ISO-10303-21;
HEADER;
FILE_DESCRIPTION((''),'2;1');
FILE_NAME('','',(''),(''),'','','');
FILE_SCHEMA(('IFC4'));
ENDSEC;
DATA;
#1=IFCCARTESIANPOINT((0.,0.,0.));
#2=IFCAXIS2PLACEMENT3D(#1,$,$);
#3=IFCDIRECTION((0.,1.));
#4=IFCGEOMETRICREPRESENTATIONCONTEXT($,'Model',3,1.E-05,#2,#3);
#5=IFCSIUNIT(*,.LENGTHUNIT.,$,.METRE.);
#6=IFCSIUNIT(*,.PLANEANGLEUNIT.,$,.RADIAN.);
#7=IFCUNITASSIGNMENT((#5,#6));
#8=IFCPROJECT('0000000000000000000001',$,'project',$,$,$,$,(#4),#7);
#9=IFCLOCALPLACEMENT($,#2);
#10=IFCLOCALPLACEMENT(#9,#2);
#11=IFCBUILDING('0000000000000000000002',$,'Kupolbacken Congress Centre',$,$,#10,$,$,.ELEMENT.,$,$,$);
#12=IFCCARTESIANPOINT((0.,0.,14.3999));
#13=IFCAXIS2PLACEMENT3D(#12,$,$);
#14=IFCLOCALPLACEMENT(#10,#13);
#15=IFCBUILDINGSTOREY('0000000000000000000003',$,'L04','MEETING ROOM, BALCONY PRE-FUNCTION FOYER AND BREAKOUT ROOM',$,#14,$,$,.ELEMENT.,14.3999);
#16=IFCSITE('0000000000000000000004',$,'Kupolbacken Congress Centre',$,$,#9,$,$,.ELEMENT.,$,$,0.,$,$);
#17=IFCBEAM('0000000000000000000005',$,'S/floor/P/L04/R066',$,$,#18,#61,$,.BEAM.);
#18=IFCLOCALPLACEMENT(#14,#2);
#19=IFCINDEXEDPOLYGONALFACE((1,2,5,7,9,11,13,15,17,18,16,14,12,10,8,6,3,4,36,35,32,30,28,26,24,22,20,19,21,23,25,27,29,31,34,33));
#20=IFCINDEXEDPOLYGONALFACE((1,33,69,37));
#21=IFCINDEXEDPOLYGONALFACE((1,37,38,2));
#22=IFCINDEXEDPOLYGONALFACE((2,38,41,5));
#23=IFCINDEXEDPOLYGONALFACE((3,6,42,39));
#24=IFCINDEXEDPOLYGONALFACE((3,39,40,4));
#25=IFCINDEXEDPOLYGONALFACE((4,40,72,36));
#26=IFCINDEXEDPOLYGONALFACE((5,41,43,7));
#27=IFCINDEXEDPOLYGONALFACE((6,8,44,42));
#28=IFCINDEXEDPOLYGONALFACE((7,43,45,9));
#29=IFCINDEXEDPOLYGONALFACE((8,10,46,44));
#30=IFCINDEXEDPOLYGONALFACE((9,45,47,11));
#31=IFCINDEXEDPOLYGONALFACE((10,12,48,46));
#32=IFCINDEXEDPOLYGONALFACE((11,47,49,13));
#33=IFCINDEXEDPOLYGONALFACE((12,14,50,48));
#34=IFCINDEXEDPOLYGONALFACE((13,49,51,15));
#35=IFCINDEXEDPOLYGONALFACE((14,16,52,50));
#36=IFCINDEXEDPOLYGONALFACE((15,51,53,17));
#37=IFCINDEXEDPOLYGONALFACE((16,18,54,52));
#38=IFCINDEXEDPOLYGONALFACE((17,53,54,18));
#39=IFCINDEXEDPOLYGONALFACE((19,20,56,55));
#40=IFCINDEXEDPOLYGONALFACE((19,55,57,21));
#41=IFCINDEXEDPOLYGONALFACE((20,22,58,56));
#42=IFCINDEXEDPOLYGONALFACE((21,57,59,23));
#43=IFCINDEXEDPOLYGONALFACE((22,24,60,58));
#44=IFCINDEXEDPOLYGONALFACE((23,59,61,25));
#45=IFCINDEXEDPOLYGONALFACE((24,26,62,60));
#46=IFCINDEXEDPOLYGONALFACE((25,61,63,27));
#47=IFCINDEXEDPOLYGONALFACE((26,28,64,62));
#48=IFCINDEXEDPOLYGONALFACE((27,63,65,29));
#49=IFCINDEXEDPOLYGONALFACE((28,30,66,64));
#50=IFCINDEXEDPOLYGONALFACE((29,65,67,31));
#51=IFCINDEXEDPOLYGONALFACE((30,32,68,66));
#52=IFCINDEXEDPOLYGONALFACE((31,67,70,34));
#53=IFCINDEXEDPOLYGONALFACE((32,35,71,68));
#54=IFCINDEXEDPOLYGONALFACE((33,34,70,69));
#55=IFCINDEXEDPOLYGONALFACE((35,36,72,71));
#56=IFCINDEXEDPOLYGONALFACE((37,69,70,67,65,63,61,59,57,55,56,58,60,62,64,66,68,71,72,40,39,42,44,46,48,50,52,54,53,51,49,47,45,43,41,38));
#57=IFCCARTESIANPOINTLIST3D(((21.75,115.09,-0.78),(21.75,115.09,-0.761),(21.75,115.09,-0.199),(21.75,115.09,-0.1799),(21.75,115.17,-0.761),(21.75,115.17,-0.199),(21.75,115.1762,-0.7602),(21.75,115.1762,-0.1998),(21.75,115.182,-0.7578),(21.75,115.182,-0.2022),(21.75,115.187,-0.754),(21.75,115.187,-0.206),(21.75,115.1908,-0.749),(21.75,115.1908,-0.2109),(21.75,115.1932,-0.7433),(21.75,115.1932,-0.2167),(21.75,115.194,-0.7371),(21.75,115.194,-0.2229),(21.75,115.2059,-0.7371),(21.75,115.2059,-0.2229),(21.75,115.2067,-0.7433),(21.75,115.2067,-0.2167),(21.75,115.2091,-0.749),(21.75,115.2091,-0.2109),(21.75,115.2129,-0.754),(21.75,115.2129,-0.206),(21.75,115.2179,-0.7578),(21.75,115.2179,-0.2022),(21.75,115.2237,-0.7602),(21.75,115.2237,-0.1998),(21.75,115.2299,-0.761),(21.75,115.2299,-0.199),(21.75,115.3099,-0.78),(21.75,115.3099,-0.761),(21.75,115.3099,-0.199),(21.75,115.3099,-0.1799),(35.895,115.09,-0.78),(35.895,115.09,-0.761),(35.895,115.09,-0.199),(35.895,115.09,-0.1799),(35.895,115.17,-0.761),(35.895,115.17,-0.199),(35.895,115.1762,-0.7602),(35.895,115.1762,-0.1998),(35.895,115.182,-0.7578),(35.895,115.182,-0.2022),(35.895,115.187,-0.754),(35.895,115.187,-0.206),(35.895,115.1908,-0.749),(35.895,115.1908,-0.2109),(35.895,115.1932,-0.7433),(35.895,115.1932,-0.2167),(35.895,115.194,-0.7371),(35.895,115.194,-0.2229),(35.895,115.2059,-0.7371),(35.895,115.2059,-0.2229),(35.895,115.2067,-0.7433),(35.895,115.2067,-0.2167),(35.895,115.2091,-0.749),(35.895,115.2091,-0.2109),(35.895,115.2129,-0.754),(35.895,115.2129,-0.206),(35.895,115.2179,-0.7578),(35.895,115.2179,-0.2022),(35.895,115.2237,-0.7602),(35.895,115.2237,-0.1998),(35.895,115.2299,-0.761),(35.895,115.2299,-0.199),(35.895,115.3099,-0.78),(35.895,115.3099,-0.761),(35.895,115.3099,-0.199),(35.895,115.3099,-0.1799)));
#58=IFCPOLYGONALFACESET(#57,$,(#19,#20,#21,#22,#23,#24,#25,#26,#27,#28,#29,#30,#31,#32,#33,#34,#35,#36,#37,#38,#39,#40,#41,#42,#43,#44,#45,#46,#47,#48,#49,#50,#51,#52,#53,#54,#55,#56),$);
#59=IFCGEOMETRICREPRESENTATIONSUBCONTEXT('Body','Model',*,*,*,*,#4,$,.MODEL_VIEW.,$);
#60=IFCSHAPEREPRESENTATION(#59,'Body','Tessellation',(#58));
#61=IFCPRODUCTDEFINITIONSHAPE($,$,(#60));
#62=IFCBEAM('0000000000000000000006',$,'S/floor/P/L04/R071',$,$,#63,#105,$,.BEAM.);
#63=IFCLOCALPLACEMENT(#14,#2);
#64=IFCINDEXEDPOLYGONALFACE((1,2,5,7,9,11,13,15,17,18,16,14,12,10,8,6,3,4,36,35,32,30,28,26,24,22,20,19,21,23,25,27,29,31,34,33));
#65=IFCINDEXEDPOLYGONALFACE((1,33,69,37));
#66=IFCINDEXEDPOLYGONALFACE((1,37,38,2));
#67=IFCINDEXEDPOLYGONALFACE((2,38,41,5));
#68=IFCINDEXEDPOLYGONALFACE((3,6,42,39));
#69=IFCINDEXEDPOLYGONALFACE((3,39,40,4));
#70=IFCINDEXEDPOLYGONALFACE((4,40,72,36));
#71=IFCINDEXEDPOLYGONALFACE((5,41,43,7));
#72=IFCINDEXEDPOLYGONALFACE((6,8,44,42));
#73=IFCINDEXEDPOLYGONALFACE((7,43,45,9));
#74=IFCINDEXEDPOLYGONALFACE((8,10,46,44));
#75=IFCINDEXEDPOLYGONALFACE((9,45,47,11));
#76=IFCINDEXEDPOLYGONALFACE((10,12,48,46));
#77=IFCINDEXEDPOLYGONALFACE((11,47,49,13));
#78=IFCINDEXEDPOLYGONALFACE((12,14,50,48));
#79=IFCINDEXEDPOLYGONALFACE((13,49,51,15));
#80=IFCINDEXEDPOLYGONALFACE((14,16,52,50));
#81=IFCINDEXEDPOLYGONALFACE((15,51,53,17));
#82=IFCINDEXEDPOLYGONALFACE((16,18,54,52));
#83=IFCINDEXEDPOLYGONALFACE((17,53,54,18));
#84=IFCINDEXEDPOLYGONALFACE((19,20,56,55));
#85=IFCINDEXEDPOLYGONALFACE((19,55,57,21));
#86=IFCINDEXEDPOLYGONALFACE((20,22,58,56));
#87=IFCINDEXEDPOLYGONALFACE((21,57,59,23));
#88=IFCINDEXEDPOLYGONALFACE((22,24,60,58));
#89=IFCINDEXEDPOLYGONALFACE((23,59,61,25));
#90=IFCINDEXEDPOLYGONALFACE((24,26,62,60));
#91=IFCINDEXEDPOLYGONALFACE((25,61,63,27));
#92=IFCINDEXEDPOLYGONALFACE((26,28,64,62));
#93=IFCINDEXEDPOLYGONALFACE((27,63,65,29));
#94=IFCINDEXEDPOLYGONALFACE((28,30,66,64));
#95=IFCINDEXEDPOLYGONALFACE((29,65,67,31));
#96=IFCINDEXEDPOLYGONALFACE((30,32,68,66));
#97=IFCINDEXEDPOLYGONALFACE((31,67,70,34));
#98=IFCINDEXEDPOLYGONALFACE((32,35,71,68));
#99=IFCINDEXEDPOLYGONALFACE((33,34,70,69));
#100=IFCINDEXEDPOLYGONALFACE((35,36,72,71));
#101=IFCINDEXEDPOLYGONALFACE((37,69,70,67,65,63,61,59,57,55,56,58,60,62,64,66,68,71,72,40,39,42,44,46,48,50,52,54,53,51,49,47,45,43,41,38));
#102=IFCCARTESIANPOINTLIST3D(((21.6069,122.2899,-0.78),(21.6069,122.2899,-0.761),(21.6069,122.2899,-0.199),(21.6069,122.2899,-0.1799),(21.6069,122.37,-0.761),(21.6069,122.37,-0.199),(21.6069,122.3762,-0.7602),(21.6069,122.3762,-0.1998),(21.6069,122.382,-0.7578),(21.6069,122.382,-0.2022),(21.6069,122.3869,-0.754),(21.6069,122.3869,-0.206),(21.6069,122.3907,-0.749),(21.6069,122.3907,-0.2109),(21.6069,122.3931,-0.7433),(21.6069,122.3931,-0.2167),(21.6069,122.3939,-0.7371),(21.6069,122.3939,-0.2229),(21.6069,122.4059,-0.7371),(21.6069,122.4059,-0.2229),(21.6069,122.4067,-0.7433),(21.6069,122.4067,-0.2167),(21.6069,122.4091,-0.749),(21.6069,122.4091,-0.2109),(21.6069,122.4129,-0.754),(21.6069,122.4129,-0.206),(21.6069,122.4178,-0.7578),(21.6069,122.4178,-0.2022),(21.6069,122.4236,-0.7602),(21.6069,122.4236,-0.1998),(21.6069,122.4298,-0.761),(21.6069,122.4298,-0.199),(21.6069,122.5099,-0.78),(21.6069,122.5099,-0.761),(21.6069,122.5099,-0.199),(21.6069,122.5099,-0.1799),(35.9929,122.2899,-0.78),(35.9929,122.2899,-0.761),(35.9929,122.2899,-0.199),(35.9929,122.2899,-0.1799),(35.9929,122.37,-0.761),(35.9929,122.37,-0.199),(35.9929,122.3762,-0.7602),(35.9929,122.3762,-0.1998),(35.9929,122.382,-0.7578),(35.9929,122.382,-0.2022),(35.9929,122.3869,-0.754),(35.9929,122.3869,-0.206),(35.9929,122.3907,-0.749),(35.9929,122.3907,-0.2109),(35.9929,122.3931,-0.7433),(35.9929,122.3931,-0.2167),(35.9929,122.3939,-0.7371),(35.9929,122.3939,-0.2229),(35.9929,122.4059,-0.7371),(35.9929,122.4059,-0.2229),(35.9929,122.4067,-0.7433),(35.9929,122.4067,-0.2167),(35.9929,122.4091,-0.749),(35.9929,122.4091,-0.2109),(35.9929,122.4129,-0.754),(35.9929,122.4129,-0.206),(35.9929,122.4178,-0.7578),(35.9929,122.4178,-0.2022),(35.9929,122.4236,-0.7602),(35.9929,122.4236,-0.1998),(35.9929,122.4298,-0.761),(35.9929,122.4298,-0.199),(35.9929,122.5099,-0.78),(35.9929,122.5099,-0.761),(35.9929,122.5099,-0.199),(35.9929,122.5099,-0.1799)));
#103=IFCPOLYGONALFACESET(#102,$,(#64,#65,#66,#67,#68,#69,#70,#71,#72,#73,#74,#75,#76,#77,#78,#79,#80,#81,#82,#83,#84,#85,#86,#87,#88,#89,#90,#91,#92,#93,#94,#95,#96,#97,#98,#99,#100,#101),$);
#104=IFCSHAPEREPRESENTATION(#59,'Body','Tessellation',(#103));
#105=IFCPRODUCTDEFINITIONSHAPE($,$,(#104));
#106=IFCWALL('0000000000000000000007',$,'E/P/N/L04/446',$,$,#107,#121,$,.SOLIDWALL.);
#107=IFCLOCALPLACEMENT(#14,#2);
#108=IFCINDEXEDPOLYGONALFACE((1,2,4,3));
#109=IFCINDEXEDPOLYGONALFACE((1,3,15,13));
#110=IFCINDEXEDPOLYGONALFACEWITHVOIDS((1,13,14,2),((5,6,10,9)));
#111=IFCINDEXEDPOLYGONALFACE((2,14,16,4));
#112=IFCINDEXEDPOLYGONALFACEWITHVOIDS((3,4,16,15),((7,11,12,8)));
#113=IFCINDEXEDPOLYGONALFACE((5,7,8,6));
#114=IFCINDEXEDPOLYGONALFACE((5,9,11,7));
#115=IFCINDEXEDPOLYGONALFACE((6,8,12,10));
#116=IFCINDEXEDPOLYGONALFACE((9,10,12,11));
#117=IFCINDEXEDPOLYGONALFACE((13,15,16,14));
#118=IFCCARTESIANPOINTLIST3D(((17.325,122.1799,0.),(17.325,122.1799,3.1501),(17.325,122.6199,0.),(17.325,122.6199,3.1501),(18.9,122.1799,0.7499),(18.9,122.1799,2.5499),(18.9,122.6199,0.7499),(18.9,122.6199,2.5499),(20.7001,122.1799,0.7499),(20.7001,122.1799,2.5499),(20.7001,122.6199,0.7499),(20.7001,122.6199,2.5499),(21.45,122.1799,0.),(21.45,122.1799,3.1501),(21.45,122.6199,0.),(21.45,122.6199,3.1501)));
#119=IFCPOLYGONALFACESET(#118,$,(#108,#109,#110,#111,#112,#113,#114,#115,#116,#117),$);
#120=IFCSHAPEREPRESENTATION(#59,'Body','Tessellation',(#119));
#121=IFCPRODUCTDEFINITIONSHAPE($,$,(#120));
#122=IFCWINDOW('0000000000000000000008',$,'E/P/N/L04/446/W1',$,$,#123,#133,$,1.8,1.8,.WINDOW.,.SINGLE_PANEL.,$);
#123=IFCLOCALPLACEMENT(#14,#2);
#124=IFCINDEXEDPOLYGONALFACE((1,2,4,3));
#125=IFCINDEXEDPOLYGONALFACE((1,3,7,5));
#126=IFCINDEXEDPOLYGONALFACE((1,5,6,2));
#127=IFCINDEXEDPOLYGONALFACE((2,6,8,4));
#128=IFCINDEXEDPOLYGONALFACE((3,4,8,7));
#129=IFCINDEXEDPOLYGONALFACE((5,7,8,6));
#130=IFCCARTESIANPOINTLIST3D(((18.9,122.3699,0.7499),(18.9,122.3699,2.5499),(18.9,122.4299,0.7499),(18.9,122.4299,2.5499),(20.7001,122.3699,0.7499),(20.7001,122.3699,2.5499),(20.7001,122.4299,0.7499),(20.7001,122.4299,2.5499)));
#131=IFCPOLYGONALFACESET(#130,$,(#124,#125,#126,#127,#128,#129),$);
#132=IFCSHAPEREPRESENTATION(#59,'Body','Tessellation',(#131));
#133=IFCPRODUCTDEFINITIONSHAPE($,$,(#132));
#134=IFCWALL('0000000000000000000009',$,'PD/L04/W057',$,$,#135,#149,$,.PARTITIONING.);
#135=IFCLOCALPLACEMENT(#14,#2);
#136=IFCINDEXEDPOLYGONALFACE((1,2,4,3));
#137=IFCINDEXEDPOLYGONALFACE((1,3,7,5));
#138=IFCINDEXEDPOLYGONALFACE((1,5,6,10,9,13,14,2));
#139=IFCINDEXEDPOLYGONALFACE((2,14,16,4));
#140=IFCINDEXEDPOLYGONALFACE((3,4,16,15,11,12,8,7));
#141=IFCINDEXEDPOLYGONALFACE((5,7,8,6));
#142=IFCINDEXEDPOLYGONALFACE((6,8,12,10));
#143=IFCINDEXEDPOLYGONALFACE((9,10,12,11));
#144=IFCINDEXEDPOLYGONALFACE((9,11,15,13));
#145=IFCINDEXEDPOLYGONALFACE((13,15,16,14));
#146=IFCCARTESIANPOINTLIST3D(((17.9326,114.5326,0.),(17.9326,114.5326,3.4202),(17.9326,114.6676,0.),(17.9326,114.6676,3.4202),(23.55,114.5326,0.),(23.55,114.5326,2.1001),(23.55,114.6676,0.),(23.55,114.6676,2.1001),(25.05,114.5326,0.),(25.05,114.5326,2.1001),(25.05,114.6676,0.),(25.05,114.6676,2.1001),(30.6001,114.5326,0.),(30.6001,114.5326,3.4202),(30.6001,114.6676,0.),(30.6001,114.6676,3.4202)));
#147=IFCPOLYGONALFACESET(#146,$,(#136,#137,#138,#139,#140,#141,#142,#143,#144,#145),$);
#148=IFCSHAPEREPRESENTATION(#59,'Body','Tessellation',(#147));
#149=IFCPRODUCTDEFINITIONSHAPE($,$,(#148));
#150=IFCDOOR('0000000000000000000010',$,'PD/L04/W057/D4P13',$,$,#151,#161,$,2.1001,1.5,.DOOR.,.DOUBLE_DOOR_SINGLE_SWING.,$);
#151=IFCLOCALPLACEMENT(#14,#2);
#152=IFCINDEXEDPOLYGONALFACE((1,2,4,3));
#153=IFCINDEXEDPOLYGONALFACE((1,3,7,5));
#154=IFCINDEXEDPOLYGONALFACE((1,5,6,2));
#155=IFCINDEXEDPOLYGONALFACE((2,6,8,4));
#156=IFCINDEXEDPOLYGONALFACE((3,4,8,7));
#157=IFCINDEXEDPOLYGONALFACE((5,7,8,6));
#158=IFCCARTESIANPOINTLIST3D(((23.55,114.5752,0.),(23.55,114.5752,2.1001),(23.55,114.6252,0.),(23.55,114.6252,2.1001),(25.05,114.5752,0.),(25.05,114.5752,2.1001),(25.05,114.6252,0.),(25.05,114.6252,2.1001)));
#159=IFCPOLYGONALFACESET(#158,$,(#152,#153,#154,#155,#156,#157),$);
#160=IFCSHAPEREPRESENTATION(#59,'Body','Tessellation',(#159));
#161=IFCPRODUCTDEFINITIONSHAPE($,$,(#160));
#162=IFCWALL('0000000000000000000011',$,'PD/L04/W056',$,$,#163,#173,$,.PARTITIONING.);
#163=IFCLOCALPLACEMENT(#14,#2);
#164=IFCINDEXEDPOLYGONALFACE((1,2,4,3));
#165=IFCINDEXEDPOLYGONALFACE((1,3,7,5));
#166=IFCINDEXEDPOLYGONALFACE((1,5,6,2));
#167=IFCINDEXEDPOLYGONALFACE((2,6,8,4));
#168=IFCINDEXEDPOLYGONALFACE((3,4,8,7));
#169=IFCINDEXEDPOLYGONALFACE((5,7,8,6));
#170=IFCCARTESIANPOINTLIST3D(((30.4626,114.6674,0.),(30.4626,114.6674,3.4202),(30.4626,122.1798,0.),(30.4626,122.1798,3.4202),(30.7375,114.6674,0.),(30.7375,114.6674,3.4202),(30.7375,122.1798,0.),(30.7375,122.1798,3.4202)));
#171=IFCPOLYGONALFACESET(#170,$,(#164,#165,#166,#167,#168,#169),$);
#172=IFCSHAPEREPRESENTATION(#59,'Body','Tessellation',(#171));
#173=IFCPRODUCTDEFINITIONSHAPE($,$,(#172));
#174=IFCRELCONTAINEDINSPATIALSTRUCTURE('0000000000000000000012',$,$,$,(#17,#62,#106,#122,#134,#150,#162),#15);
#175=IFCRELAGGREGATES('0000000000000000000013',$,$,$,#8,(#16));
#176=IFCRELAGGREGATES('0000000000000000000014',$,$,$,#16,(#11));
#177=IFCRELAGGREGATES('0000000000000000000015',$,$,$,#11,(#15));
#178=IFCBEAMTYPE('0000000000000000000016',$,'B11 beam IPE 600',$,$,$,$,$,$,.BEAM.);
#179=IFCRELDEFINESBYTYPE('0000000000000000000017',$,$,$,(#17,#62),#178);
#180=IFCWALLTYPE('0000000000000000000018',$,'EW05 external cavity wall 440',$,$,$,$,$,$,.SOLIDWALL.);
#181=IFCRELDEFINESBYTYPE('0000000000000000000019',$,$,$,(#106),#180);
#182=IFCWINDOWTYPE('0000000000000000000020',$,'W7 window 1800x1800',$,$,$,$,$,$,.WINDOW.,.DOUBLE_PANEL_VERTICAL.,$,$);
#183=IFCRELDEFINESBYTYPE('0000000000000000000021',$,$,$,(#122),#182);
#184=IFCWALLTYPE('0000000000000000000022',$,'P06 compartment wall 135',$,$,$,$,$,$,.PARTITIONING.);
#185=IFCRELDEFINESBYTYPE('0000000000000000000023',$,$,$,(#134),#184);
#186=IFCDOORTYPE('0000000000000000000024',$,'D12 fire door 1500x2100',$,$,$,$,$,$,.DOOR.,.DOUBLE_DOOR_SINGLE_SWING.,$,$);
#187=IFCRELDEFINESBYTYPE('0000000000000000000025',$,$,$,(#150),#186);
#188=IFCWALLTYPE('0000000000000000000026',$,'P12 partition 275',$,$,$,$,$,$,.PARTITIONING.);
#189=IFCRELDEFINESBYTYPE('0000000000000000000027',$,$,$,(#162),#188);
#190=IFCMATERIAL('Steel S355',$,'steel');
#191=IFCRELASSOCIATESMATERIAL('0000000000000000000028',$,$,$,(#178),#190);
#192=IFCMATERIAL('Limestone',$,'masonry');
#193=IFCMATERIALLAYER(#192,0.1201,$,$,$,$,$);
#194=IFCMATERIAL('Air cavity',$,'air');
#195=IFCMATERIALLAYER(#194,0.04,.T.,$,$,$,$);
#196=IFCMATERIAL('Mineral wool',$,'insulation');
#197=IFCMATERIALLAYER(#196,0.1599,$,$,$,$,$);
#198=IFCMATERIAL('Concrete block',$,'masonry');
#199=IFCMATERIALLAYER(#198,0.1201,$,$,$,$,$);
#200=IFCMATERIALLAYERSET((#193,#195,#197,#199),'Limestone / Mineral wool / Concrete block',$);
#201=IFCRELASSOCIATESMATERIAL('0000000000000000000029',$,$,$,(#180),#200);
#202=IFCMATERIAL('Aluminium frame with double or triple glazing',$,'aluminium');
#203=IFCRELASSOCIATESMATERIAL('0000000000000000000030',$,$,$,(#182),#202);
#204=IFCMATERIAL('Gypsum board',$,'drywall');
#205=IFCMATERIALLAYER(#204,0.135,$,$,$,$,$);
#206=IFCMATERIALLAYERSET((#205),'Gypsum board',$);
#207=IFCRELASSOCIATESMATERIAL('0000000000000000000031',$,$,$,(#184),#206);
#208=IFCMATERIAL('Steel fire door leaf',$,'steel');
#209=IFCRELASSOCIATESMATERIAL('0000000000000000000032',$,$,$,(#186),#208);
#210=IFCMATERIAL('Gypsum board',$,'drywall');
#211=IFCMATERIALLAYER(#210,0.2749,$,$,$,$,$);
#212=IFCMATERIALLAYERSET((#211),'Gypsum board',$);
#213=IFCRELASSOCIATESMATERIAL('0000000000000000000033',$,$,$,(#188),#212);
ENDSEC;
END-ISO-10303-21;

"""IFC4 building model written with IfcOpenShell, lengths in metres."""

from ifc_helpers import new_model, si_unit, direction, frame, frame_2d, origin, origin_2d, place, context, subcontext, project, spatial, rectangle, i_section, extrude, material, layer, layer_set, material_profile, profile_set, type_object, element, fill, save


model = new_model("IFC4")

# Units and contexts
model_context = context("Model", 3, precision=1e-05, world=origin(), true_north=direction((0.0, 1.0)))
body_context = subcontext(model_context, "Body", "Model", "MODEL_VIEW")
ifc_project = project(units=[si_unit("LENGTHUNIT", "METRE"), si_unit("PLANEANGLEUNIT", "RADIAN")], contexts=[model_context])

# Site, building, storey
site_placement = place(None, origin())
site = spatial("IfcSite", under=ifc_project, at=site_placement, Name="Kupolbacken Congress Centre", CompositionType="ELEMENT", RefElevation=0.0)
building_placement = place(site_placement, origin())
building = spatial("IfcBuilding", under=site, at=building_placement, Name="Kupolbacken Congress Centre", CompositionType="ELEMENT")
storey_placement = place(building_placement, frame((0.0, 0.0, 14.3999)))
storey = spatial("IfcBuildingStorey", under=building, at=storey_placement, Name="L04", Description="MEETING ROOM, BALCONY PRE-FUNCTION FOYER AND BREAKOUT ROOM", CompositionType="ELEMENT", Elevation=14.3999)

# Beams
ifc_material_1 = material(Name="Steel S355", Category="steel")
ifc_material_profile_1 = material_profile(ifc_material_1, i_section(OverallWidth=0.22, OverallDepth=0.6001, WebThickness=0.012, FlangeThickness=0.019, FilletRadius=0.0239, at=origin_2d()), Name="IPE 600")
ifc_profile_set_1 = profile_set([ifc_material_profile_1], Name="Steel S355")
beam_type_1 = type_object("IfcBeamType", Name="B11 beam IPE 600", PredefinedType="BEAM", material=ifc_profile_set_1)
beam_1_placement = place(storey_placement, frame((21.75, 115.2, -0.48), z_axis=(1.0, 0.0, 0.0), x_axis=(0.0, 1.0, 0.0)))
element("IfcBeam", 1, at=beam_1_placement, inside=storey, type_object=beam_type_1, Name="S/floor/P/L04/R066", PredefinedType="BEAM", context=body_context, shape_type="SweptSolid", body=[
    extrude(i_section(OverallWidth=0.22, OverallDepth=0.6001, WebThickness=0.012, FlangeThickness=0.019, FilletRadius=0.0239, at=origin_2d()), origin(), (0.0, 0.0, 1.0), 14.145),
])
beam_2_placement = place(storey_placement, frame((21.6069, 122.3999, -0.48), z_axis=(1.0, 0.0, 0.0), x_axis=(0.0, 1.0, 0.0)))
element("IfcBeam", 2, at=beam_2_placement, inside=storey, type_object=beam_type_1, Name="S/floor/P/L04/R071", PredefinedType="BEAM", context=body_context, shape_type="SweptSolid", body=[
    extrude(i_section(OverallWidth=0.22, OverallDepth=0.6001, WebThickness=0.012, FlangeThickness=0.019, FilletRadius=0.0239, at=origin_2d()), origin(), (0.0, 0.0, 1.0), 14.386),
])

# Wall, opening, window
ifc_material_2 = material(Name="Limestone", Category="masonry")
ifc_layer_1 = layer(ifc_material_2, 0.1201)
ifc_material_3 = material(Name="Air cavity", Category="air")
ifc_layer_2 = layer(ifc_material_3, 0.04, ventilated=True)
ifc_material_4 = material(Name="Mineral wool", Category="insulation")
ifc_layer_3 = layer(ifc_material_4, 0.1599)
ifc_material_5 = material(Name="Concrete block", Category="masonry")
ifc_layer_4 = layer(ifc_material_5, 0.1201)
ifc_layer_set_1 = layer_set([ifc_layer_1, ifc_layer_2, ifc_layer_3, ifc_layer_4], Name="Limestone / Mineral wool / Concrete block")
wall_type_1 = type_object("IfcWallType", Name="EW05 external cavity wall 440", PredefinedType="SOLIDWALL", material=ifc_layer_set_1)
wall_1_placement = place(storey_placement, frame((21.45, 122.3999, 0.0), z_axis=(0.0, 0.0, 1.0), x_axis=(-1.0, 0.0, 0.0)))
wall_1 = element("IfcWall", 3, at=wall_1_placement, inside=storey, type_object=wall_type_1, Name="E/P/N/L04/446", PredefinedType="SOLIDWALL", context=body_context, shape_type="SweptSolid", body=[
    extrude(rectangle(XDim=4.125, YDim=0.4399, at=frame_2d((2.0625, 0.0))), origin(), (0.0, 0.0, 1.0), 3.1501),
])
opening_1_placement = place(wall_1_placement, frame((0.75, 0.0, 0.75)))
opening_1 = element("IfcOpeningElement", 4, at=opening_1_placement, cuts=wall_1, PredefinedType="OPENING", context=body_context, shape_type="SweptSolid", body=[
    extrude(rectangle(XDim=1.8, YDim=1.8, at=frame_2d((0.8999, 0.8999))), frame((0.0, 0.23, 0.0), z_axis=(0.0, -1.0, 0.0), x_axis=(1.0, 0.0, 0.0)), (0.0, 0.0, 1.0), 0.46),
])
ifc_material_6 = material(Name="Aluminium frame with double or triple glazing", Category="aluminium")
window_type = type_object("IfcWindowType", Name="W7 window 1800x1800", PartitioningType="DOUBLE_PANEL_VERTICAL", PredefinedType="WINDOW", material=ifc_material_6)
window_placement = place(opening_1_placement, origin())
window = element("IfcWindow", 5, at=window_placement, inside=storey, type_object=window_type, Name="E/P/N/L04/446/W1", OverallHeight=1.8, OverallWidth=1.8, PartitioningType="SINGLE_PANEL", PredefinedType="WINDOW", context=body_context, shape_type="SweptSolid", body=[
    extrude(rectangle(XDim=1.8, YDim=1.8, at=frame_2d((0.8999, 0.8999))), frame((0.0, 0.03, 0.0), z_axis=(0.0, -1.0, 0.0), x_axis=(1.0, 0.0, 0.0)), (0.0, 0.0, 1.0), 0.0601),
])
fill(opening_1, window)

# Wall, opening, door
ifc_material_7 = material(Name="Gypsum board", Category="drywall")
ifc_layer_5 = layer(ifc_material_7, 0.135)
ifc_layer_set_2 = layer_set([ifc_layer_5], Name="Gypsum board")
wall_type_2 = type_object("IfcWallType", Name="P06 compartment wall 135", PredefinedType="PARTITIONING", material=ifc_layer_set_2)
wall_2_placement = place(storey_placement, frame((30.6001, 114.6001, 0.0), z_axis=(0.0, 0.0, 1.0), x_axis=(-1.0, 0.0, 0.0)))
wall_2 = element("IfcWall", 6, at=wall_2_placement, inside=storey, type_object=wall_type_2, Name="PD/L04/W057", PredefinedType="PARTITIONING", context=body_context, shape_type="SweptSolid", body=[
    extrude(rectangle(XDim=12.6675, YDim=0.135, at=frame_2d((6.3337, 0.0))), origin(), (0.0, 0.0, 1.0), 3.4202),
])
opening_2_placement = place(wall_2_placement, frame((5.55, 0.0, 0.0)))
opening_2 = element("IfcOpeningElement", 7, at=opening_2_placement, cuts=wall_2, PredefinedType="OPENING", context=body_context, shape_type="SweptSolid", body=[
    extrude(rectangle(XDim=1.5, YDim=2.1001, at=frame_2d((0.75, 1.05))), frame((0.0, 0.0774, 0.0), z_axis=(0.0, -1.0, 0.0), x_axis=(1.0, 0.0, 0.0)), (0.0, 0.0, 1.0), 0.155),
])
ifc_material_8 = material(Name="Steel fire door leaf", Category="steel")
door_type = type_object("IfcDoorType", Name="D12 fire door 1500x2100", OperationType="DOUBLE_DOOR_SINGLE_SWING", PredefinedType="DOOR", material=ifc_material_8)
door_placement = place(opening_2_placement, origin())
door = element("IfcDoor", 8, at=door_placement, inside=storey, type_object=door_type, Name="PD/L04/W057/D4P13", OperationType="DOUBLE_DOOR_SINGLE_SWING", OverallHeight=2.1001, OverallWidth=1.5, PredefinedType="DOOR", context=body_context, shape_type="SweptSolid", body=[
    extrude(rectangle(XDim=1.5, YDim=2.1001, at=frame_2d((0.75, 1.05))), frame((0.0, 0.0249, 0.0), z_axis=(0.0, -1.0, 0.0), x_axis=(1.0, 0.0, 0.0)), (0.0, 0.0, 1.0), 0.05),
])
fill(opening_2, door)

# Wall
ifc_material_9 = material(Name="Gypsum board", Category="drywall")
ifc_layer_6 = layer(ifc_material_9, 0.2749)
ifc_layer_set_3 = layer_set([ifc_layer_6], Name="Gypsum board")
wall_type_3 = type_object("IfcWallType", Name="P12 partition 275", PredefinedType="PARTITIONING", material=ifc_layer_set_3)
wall_3_placement = place(storey_placement, frame((30.6001, 122.1799, 0.0), z_axis=(0.0, 0.0, 1.0), x_axis=(0.0, -1.0, 0.0)))
element("IfcWall", 9, at=wall_3_placement, inside=storey, type_object=wall_type_3, Name="PD/L04/W056", PredefinedType="PARTITIONING", context=body_context, shape_type="SweptSolid", body=[
    extrude(rectangle(XDim=7.5125, YDim=0.2749, at=frame_2d((3.7563, 0.0))), origin(), (0.0, 0.0, 1.0), 3.4202),
])

save(model, "model.ifc")
